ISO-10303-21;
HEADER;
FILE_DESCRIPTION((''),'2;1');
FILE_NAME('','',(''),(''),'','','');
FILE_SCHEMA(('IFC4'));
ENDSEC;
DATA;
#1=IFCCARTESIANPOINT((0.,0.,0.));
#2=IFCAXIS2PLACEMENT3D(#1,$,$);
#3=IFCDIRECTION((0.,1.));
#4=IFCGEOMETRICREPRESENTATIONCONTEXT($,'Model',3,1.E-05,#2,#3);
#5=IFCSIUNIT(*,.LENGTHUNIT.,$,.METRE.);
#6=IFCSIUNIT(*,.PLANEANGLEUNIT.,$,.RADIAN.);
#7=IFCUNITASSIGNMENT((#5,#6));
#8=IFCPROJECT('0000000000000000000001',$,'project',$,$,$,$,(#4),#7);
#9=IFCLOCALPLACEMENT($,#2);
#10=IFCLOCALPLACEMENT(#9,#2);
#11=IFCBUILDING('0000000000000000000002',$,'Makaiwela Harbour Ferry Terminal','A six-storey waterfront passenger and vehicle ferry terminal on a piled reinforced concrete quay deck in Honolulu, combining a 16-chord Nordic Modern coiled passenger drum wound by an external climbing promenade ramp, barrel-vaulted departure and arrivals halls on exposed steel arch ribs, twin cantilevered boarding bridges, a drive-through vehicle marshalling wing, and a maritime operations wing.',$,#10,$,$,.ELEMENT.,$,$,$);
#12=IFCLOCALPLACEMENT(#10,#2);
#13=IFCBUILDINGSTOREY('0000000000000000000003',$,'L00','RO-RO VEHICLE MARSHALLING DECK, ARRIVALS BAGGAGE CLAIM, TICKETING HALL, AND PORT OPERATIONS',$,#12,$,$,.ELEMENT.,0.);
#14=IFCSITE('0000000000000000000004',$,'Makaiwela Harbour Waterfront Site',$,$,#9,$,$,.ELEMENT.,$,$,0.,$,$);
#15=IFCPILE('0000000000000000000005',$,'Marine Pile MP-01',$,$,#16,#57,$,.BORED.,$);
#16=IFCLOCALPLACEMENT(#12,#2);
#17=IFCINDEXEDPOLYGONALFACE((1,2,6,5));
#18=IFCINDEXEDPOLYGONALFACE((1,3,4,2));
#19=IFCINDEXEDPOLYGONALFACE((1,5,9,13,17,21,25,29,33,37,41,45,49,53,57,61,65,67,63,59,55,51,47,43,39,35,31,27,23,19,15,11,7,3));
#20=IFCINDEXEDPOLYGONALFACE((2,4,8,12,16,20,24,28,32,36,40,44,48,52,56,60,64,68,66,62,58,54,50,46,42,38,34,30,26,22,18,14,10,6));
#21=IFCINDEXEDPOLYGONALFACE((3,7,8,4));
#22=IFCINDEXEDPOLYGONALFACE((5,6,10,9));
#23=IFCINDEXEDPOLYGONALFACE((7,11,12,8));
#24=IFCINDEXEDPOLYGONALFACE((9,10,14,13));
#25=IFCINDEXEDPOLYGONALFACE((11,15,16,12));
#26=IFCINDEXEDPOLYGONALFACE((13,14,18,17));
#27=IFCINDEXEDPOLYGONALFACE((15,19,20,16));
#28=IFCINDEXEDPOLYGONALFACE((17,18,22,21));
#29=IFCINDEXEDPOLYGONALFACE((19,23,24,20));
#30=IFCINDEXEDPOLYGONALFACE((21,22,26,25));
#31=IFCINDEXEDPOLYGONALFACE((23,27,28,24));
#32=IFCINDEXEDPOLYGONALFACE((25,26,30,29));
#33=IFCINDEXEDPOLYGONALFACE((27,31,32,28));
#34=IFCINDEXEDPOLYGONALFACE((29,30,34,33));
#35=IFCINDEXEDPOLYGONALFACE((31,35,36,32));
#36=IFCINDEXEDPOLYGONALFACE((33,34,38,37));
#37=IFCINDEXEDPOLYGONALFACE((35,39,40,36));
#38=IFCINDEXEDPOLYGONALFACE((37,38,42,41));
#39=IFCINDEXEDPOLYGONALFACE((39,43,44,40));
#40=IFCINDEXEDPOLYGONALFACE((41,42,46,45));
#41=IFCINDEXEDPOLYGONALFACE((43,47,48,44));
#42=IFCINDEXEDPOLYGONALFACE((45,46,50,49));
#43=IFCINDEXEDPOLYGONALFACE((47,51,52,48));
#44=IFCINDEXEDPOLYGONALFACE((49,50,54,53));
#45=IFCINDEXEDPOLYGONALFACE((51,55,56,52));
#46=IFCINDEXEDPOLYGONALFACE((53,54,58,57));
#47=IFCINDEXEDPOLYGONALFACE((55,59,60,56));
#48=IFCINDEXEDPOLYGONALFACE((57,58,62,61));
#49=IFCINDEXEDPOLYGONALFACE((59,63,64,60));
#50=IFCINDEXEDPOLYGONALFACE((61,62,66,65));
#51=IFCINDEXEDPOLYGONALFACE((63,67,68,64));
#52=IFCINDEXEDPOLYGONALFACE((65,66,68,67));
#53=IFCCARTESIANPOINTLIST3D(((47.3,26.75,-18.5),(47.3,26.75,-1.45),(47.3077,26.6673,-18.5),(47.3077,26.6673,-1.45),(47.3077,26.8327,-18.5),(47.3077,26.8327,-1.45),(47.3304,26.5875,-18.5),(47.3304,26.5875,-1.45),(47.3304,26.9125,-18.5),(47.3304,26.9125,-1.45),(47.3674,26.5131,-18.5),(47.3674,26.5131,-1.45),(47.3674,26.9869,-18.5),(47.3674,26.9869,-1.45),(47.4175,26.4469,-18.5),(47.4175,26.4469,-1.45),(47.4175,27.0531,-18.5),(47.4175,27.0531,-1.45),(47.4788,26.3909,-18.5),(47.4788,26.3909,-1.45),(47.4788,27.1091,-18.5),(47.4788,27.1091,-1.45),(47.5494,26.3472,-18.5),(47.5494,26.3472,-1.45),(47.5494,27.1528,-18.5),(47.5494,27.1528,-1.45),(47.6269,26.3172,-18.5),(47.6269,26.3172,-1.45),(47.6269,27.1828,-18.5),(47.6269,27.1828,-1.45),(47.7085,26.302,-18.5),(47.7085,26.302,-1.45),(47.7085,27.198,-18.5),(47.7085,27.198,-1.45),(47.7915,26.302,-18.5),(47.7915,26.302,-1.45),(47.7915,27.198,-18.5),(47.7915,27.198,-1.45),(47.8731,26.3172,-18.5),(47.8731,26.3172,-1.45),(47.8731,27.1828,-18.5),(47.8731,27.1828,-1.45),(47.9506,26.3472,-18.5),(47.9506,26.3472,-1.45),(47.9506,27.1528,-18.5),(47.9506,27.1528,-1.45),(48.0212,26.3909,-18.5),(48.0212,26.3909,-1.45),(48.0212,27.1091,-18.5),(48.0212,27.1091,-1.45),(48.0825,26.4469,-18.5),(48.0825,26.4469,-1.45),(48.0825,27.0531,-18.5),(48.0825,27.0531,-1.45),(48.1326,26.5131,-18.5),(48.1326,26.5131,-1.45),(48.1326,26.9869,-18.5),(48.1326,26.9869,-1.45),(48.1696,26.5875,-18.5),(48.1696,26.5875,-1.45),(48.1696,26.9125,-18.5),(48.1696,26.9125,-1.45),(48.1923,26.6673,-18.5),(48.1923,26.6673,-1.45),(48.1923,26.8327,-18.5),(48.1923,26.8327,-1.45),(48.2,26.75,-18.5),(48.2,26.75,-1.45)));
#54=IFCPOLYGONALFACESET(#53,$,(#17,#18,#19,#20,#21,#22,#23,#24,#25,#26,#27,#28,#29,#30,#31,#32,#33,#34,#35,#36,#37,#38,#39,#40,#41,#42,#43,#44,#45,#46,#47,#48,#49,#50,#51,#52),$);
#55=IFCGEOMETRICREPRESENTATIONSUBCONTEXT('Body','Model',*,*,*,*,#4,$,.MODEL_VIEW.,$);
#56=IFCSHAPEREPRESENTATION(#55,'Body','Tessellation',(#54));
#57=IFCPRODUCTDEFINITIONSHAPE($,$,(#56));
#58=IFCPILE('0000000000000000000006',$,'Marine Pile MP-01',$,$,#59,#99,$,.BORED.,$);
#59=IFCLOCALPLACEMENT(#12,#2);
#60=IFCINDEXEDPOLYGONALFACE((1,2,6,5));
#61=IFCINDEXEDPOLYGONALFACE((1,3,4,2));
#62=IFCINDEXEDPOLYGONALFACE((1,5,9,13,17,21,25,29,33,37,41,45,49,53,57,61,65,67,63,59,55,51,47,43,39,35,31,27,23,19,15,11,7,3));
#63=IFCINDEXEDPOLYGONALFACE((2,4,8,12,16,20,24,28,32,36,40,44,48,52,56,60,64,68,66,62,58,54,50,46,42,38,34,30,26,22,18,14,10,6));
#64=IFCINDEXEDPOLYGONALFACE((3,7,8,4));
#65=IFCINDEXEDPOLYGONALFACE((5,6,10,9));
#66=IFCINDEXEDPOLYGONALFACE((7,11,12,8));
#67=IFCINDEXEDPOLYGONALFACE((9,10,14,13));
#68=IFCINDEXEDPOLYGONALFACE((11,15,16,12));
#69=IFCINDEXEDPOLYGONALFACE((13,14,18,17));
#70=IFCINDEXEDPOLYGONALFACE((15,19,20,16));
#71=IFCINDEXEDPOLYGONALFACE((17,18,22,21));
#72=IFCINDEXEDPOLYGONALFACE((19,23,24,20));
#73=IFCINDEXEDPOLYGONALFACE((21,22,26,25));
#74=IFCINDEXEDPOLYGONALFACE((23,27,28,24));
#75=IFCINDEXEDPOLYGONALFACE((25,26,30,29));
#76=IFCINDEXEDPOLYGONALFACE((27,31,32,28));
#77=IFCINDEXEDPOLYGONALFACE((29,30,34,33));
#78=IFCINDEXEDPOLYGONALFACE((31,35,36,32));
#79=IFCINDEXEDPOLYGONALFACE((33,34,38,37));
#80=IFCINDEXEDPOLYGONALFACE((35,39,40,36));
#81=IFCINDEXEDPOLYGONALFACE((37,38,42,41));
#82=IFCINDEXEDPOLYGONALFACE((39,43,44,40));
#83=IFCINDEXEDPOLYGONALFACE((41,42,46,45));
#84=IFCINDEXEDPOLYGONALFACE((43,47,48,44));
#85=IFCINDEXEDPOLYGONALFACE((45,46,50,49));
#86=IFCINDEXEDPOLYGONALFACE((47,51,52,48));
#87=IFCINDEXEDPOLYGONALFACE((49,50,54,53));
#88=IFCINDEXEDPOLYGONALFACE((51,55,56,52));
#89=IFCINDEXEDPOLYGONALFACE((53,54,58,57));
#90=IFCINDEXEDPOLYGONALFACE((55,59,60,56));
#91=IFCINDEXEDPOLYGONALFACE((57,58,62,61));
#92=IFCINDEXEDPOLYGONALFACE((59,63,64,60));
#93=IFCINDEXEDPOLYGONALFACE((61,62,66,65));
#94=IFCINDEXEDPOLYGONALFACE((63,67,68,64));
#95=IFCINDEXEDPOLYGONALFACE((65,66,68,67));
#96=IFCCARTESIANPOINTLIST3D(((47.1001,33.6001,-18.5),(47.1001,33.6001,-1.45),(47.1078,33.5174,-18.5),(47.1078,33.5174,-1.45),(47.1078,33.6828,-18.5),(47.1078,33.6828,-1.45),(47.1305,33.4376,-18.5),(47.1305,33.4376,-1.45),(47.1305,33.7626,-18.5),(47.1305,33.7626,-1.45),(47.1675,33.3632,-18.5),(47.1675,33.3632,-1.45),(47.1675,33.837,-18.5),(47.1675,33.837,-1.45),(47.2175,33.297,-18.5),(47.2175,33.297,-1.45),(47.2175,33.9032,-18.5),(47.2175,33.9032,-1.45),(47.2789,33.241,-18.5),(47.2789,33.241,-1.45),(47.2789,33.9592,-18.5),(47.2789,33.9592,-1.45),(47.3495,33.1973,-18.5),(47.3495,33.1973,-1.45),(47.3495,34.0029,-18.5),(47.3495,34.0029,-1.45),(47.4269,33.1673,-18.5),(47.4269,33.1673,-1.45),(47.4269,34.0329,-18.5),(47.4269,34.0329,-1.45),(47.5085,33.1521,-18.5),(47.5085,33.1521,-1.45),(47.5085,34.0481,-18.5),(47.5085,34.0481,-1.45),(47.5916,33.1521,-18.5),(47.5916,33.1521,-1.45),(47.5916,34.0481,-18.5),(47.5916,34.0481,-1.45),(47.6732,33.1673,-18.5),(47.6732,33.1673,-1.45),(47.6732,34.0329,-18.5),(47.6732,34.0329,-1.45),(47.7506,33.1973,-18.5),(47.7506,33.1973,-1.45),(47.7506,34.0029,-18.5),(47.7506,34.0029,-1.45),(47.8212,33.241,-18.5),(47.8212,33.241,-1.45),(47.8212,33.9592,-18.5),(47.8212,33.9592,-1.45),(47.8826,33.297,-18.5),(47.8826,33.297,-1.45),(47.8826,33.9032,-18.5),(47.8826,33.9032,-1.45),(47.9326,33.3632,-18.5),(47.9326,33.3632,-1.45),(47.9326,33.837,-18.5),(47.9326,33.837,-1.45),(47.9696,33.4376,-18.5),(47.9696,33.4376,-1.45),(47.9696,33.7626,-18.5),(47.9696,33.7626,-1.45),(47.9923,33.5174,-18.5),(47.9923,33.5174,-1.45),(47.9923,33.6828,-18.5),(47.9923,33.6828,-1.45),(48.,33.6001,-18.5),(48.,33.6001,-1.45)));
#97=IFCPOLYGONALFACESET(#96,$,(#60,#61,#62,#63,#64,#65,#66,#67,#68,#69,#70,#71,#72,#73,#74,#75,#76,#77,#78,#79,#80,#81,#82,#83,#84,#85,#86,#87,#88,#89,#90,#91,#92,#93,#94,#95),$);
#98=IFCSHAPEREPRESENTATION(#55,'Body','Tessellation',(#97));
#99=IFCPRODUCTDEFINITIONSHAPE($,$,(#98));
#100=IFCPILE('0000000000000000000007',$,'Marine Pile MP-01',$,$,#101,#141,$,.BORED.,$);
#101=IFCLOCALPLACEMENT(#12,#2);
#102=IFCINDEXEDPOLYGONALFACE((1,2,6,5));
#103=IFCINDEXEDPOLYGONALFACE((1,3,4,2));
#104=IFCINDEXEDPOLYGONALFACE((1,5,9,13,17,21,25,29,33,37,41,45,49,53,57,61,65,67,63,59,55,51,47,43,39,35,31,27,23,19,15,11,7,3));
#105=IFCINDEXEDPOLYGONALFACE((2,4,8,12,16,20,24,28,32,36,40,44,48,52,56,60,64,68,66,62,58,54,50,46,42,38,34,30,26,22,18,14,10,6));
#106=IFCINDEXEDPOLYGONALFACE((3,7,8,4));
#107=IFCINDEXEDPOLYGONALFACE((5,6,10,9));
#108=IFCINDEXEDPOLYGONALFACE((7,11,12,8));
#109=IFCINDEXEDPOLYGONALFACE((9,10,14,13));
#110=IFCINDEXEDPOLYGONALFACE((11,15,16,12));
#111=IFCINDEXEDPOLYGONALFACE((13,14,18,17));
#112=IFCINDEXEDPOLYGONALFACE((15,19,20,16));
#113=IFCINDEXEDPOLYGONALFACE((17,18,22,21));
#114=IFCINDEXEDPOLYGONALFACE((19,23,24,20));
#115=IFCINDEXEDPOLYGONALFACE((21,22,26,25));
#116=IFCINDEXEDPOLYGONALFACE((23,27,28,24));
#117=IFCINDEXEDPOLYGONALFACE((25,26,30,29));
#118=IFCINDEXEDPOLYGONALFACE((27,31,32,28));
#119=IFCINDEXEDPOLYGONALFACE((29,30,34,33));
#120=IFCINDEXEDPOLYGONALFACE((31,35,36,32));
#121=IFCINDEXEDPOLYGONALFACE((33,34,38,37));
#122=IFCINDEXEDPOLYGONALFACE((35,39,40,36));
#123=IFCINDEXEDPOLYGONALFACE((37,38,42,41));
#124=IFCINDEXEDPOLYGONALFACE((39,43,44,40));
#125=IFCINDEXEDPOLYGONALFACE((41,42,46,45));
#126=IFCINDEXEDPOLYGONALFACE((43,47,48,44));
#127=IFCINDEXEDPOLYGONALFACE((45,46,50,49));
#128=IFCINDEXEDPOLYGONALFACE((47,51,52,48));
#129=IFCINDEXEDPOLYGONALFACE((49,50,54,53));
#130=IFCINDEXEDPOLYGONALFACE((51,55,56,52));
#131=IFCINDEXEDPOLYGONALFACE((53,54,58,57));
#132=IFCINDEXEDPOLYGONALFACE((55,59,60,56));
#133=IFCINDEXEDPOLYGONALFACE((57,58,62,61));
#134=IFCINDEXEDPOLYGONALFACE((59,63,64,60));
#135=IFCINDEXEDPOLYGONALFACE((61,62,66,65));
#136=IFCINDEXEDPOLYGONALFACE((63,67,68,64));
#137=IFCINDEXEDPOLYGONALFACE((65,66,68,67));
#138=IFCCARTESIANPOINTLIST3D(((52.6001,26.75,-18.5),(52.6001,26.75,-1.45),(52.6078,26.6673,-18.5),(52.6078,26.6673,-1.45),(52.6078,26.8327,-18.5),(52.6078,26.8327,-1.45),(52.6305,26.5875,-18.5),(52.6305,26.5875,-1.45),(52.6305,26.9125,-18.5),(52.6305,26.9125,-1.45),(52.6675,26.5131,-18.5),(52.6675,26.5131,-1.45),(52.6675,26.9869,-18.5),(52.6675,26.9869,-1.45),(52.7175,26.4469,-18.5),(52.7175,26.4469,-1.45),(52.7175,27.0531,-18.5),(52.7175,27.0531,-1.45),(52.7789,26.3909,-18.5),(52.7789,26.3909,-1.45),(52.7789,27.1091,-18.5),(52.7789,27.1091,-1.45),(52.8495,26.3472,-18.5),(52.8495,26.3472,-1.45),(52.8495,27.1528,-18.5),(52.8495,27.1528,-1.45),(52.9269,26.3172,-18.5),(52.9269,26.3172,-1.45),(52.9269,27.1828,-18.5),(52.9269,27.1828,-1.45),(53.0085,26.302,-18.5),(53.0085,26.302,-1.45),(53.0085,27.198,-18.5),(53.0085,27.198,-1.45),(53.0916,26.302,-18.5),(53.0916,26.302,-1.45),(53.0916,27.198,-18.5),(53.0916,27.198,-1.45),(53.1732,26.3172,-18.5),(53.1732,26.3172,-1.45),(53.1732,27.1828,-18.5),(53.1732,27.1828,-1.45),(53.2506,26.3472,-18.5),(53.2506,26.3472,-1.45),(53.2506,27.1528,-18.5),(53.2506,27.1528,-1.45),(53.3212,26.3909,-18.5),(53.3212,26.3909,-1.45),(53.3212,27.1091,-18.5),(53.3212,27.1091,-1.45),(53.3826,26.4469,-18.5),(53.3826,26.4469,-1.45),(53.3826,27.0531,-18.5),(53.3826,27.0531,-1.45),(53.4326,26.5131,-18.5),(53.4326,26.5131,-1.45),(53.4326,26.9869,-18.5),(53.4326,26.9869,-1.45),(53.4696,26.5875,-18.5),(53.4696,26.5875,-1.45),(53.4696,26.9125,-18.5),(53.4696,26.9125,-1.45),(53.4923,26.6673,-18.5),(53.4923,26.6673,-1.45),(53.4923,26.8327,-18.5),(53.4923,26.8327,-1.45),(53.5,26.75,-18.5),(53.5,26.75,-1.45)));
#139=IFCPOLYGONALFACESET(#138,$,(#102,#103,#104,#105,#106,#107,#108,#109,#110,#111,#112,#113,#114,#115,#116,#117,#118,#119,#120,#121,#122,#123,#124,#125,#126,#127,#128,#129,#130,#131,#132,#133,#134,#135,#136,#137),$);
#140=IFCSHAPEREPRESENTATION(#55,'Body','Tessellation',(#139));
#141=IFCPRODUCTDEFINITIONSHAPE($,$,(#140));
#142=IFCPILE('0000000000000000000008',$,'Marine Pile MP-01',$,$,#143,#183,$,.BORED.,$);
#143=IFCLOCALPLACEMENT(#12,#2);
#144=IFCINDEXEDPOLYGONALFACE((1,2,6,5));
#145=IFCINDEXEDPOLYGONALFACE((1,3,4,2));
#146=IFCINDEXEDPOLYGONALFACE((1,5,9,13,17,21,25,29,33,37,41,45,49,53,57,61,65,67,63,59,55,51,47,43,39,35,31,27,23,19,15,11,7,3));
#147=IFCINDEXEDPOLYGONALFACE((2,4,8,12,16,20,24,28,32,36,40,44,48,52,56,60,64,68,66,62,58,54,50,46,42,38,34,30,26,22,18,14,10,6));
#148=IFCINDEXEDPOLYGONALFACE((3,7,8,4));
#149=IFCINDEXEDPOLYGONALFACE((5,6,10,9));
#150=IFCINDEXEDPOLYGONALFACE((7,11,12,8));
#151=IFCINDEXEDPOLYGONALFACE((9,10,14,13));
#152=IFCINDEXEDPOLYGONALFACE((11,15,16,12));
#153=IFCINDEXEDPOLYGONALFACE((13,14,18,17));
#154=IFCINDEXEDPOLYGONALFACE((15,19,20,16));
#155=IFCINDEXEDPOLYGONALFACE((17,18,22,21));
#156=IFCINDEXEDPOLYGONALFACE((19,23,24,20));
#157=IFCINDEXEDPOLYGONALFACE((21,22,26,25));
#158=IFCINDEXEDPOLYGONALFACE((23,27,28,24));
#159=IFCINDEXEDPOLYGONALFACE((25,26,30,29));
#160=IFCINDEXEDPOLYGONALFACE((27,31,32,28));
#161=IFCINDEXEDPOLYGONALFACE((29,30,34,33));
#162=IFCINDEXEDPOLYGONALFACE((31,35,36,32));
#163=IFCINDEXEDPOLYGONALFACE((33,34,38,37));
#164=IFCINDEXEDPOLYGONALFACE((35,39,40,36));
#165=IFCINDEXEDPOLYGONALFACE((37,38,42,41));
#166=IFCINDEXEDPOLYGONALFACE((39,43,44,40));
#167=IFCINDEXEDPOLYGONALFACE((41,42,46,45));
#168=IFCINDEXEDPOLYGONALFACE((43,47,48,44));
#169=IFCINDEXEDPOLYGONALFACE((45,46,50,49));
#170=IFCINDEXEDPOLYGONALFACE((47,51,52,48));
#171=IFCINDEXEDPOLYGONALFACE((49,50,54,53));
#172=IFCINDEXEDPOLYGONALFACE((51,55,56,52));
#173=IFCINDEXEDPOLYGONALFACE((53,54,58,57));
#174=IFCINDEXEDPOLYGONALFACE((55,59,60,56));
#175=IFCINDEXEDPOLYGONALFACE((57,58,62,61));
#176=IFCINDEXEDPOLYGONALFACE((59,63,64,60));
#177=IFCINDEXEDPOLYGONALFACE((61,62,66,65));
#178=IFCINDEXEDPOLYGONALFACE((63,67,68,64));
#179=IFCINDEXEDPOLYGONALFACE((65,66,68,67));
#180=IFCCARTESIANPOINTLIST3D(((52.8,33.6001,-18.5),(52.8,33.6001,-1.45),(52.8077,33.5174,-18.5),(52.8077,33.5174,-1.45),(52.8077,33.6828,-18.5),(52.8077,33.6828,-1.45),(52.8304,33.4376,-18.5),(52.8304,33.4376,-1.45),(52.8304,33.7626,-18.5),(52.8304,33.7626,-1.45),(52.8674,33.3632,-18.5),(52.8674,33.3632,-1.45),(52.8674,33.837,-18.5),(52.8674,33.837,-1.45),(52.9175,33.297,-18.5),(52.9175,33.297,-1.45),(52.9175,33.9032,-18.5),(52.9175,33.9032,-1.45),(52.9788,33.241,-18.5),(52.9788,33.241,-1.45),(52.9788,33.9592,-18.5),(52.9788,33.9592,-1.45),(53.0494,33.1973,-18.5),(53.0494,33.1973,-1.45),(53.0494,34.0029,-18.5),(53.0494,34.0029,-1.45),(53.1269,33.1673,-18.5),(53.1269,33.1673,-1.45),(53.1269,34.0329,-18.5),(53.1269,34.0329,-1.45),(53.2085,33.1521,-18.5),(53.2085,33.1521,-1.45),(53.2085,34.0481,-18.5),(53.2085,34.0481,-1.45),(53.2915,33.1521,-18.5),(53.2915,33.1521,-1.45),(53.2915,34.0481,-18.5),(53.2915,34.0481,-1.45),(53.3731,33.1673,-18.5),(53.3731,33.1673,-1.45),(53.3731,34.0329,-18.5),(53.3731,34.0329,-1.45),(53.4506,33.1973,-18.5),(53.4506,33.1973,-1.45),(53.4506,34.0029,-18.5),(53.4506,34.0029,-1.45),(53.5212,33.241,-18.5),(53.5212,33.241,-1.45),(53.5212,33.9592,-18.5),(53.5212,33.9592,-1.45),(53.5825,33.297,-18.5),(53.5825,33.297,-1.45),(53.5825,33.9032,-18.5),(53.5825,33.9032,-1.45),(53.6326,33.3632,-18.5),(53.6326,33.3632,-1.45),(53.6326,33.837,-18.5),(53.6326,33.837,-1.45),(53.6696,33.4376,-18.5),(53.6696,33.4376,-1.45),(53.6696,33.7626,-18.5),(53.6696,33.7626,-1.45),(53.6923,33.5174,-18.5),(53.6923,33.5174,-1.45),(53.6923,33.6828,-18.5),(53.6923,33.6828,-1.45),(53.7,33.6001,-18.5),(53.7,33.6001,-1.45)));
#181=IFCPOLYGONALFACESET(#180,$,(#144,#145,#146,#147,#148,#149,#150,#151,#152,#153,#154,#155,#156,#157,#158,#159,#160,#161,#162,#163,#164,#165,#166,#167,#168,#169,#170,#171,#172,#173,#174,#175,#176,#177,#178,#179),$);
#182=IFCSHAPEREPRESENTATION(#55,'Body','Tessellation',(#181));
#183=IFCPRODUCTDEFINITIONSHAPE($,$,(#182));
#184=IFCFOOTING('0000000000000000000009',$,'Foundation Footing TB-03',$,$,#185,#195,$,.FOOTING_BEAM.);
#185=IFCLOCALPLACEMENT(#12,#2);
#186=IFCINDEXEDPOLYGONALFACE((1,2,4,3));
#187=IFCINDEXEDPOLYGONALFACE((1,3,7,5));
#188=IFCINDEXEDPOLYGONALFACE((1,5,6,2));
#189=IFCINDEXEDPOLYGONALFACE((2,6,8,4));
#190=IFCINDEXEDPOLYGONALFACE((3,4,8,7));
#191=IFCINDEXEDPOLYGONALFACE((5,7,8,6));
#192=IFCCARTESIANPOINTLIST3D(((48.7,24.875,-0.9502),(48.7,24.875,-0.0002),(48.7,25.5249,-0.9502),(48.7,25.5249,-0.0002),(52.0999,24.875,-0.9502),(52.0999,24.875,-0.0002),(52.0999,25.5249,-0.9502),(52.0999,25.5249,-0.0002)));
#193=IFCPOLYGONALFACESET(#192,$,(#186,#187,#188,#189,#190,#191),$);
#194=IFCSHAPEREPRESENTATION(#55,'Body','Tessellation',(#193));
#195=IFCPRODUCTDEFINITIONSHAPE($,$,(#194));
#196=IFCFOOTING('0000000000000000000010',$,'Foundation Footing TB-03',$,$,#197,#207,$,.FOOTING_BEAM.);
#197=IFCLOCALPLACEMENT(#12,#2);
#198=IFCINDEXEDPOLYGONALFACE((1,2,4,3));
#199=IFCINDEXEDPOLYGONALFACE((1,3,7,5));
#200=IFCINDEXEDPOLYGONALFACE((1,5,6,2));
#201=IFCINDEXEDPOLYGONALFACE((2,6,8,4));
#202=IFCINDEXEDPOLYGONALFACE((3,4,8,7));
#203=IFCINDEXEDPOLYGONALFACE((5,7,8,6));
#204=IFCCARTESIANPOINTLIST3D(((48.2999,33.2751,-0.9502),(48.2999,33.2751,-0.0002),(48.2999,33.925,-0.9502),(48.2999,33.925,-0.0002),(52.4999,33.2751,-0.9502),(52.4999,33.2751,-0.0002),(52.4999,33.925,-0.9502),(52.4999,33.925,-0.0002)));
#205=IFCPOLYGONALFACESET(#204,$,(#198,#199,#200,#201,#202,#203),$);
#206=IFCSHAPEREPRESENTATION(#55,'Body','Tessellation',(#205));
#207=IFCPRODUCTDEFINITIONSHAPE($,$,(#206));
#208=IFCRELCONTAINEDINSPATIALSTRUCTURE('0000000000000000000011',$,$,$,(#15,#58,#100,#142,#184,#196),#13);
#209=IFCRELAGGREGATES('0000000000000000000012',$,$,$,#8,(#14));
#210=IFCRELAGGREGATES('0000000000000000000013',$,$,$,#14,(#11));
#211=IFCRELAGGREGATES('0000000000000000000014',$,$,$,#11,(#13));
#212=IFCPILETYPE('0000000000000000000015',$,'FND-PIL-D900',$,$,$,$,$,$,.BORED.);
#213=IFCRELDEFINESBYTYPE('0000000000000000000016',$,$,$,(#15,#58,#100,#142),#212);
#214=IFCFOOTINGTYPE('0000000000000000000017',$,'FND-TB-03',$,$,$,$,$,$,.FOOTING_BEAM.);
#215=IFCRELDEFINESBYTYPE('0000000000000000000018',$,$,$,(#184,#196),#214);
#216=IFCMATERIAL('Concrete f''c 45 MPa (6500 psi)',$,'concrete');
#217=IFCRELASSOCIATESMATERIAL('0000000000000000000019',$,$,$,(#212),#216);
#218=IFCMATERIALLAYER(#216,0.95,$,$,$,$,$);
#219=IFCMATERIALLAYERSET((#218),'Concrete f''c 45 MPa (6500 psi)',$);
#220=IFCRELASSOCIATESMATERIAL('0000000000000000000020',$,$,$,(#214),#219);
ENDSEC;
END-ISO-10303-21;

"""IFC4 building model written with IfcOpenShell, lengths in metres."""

from ifc_helpers import new_model, si_unit, direction, frame, origin, origin_2d, place, context, subcontext, project, spatial, rectangle, circle, extrude, material, layer, layer_set, material_profile, profile_set, type_object, element, save


model = new_model("IFC4")

# Units and contexts
model_context = context("Model", 3, precision=1e-05, world=origin(), true_north=direction((0.0, 1.0)))
body_context = subcontext(model_context, "Body", "Model", "MODEL_VIEW")
ifc_project = project(units=[si_unit("LENGTHUNIT", "METRE"), si_unit("PLANEANGLEUNIT", "RADIAN")], contexts=[model_context])

# Site, building, storey
site_placement = place(None, origin())
site = spatial("IfcSite", under=ifc_project, at=site_placement, Name="Makaiwela Harbour Waterfront Site", CompositionType="ELEMENT", RefElevation=0.0)
building_placement = place(site_placement, origin())
building = spatial("IfcBuilding", under=site, at=building_placement, Name="Makaiwela Harbour Ferry Terminal", Description="A six-storey waterfront passenger and vehicle ferry terminal on a piled reinforced concrete quay deck in Honolulu, combining a 16-chord Nordic Modern coiled passenger drum wound by an external climbing promenade ramp, barrel-vaulted departure and arrivals halls on exposed steel arch ribs, twin cantilevered boarding bridges, a drive-through vehicle marshalling wing, and a maritime operations wing.", CompositionType="ELEMENT")
storey_placement = place(building_placement, origin())
storey = spatial("IfcBuildingStorey", under=building, at=storey_placement, Name="L00", Description="RO-RO VEHICLE MARSHALLING DECK, ARRIVALS BAGGAGE CLAIM, TICKETING HALL, AND PORT OPERATIONS", CompositionType="ELEMENT", Elevation=0.0)

# Piles
ifc_material_1 = material(Name="Concrete f'c 45 MPa (6500 psi)", Category="concrete")
ifc_material_profile_1 = material_profile(ifc_material_1, circle(Radius=0.45, at=origin_2d()), Name="PILE-D900")
ifc_profile_set_1 = profile_set([ifc_material_profile_1], Name="Concrete f'c 45 MPa (6500 psi)")
pile_type = type_object("IfcPileType", Name="FND-PIL-D900", PredefinedType="BORED", material=ifc_profile_set_1)
for number, where, z_axis, x_axis, name in (
    (1, (47.75, 26.75, -1.45), (0.0, 0.0, -1.0), (1.0, 0.0, 0.0), "Marine Pile MP-01"),
    (2, (47.55, 33.6001, -1.45), (0.0, 0.0, -1.0), (1.0, 0.0, 0.0), "Marine Pile MP-01"),
    (3, (53.05, 26.75, -1.45), (0.0, 0.0, -1.0), (1.0, 0.0, 0.0), "Marine Pile MP-01"),
    (4, (53.25, 33.6001, -1.45), (0.0, 0.0, -1.0), (1.0, 0.0, 0.0), "Marine Pile MP-01"),
):
    element("IfcPile", number, at=place(storey_placement, frame(where, z_axis=z_axis, x_axis=x_axis)), inside=storey, type_object=pile_type, Name=name, PredefinedType="BORED", context=body_context, shape_type="SweptSolid", body=[
        extrude(circle(Radius=0.45, at=origin_2d()), origin(), (0.0, 0.0, 1.0), 17.05),
    ])

# Footings
ifc_layer_1 = layer(ifc_material_1, 0.95)
ifc_layer_set_1 = layer_set([ifc_layer_1], Name="Concrete f'c 45 MPa (6500 psi)")
footing_type = type_object("IfcFootingType", Name="FND-TB-03", PredefinedType="FOOTING_BEAM", material=ifc_layer_set_1)
footing_1_placement = place(storey_placement, frame((50.3999, 25.2, -0.9502), z_axis=(0.0, 0.0, 1.0), x_axis=(1.0, 0.0, 0.0)))
element("IfcFooting", 5, at=footing_1_placement, inside=storey, type_object=footing_type, Name="Foundation Footing TB-03", PredefinedType="FOOTING_BEAM", context=body_context, shape_type="SweptSolid", body=[
    extrude(rectangle(XDim=3.3999, YDim=0.6499, at=origin_2d()), origin(), (0.0, 0.0, 1.0), 0.95),
])
footing_2_placement = place(storey_placement, frame((50.3999, 33.6001, -0.9502), z_axis=(0.0, 0.0, 1.0), x_axis=(1.0, 0.0, 0.0)))
element("IfcFooting", 6, at=footing_2_placement, inside=storey, type_object=footing_type, Name="Foundation Footing TB-03", PredefinedType="FOOTING_BEAM", context=body_context, shape_type="SweptSolid", body=[
    extrude(rectangle(XDim=4.2, YDim=0.6499, at=origin_2d()), origin(), (0.0, 0.0, 1.0), 0.95),
])

save(model, "model.ifc")
